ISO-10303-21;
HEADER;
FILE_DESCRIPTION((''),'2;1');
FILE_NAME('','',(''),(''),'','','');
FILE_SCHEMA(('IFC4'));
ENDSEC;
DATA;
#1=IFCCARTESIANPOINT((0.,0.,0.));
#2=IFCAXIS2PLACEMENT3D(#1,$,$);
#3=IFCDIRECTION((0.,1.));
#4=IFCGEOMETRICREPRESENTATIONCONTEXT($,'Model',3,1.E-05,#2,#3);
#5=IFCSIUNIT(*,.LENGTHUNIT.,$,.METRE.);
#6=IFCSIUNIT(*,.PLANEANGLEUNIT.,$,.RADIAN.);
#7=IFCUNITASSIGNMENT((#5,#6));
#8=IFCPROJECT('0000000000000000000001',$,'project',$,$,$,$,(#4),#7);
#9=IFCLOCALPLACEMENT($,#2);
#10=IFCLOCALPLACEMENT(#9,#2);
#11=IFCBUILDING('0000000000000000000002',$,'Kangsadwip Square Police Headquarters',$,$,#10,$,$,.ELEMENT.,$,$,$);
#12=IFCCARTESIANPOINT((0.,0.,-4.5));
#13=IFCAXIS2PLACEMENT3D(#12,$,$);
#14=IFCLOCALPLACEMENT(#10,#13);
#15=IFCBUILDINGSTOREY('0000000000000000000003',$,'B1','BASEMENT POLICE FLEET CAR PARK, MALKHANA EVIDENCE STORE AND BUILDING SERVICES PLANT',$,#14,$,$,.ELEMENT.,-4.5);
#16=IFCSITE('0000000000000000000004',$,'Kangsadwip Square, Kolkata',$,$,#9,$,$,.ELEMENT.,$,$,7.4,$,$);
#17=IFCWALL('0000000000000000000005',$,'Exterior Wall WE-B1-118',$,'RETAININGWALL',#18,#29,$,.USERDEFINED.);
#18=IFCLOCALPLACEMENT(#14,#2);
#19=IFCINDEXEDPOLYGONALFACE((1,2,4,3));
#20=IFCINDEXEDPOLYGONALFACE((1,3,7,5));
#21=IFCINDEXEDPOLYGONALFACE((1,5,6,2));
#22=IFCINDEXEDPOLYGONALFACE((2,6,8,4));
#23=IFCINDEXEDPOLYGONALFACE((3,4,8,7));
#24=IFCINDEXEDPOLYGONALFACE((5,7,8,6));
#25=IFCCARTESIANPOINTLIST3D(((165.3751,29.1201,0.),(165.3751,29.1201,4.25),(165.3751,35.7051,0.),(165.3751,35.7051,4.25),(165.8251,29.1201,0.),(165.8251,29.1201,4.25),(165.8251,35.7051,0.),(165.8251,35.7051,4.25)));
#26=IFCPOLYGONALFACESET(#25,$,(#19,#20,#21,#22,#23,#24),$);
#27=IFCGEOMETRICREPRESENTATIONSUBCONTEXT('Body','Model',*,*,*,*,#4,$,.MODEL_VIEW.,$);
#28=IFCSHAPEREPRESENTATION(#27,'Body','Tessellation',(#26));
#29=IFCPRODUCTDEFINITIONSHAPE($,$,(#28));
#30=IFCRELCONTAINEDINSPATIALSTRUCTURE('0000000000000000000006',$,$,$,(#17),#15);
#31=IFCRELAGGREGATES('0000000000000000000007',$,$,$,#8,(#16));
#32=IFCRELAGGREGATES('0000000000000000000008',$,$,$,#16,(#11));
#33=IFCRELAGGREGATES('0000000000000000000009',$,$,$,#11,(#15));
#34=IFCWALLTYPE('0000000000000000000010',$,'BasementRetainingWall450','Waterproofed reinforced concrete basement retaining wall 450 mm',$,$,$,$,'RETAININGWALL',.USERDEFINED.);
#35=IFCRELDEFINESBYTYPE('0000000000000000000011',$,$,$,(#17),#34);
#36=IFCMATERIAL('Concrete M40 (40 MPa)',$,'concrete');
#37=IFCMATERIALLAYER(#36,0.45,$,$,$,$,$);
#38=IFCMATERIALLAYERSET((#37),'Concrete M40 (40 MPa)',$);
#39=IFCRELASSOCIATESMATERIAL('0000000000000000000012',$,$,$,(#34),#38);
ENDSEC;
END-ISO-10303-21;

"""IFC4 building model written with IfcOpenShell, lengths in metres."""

from ifc_helpers import new_model, si_unit, direction, frame, frame_2d, origin, place, context, subcontext, project, spatial, rectangle, extrude, material, layer, layer_set, type_object, element, save


model = new_model("IFC4")

# Units and contexts
model_context = context("Model", 3, precision=1e-05, world=origin(), true_north=direction((0.0, 1.0)))
body_context = subcontext(model_context, "Body", "Model", "MODEL_VIEW")
ifc_project = project(units=[si_unit("LENGTHUNIT", "METRE"), si_unit("PLANEANGLEUNIT", "RADIAN")], contexts=[model_context])

# Site, building, storey
site_placement = place(None, origin())
site = spatial("IfcSite", under=ifc_project, at=site_placement, Name="Kangsadwip Square, Kolkata", CompositionType="ELEMENT", RefElevation=7.4)
building_placement = place(site_placement, origin())
building = spatial("IfcBuilding", under=site, at=building_placement, Name="Kangsadwip Square Police Headquarters", CompositionType="ELEMENT")
storey_placement = place(building_placement, frame((0.0, 0.0, -4.5)))
storey = spatial("IfcBuildingStorey", under=building, at=storey_placement, Name="B1", Description="BASEMENT POLICE FLEET CAR PARK, MALKHANA EVIDENCE STORE AND BUILDING SERVICES PLANT", CompositionType="ELEMENT", Elevation=-4.5)

# Wall
ifc_material_1 = material(Name="Concrete M40 (40 MPa)", Category="concrete")
ifc_layer = layer(ifc_material_1, 0.45)
ifc_layer_set = layer_set([ifc_layer], Name="Concrete M40 (40 MPa)")
wall_type = type_object("IfcWallType", Name="BasementRetainingWall450", Description="Waterproofed reinforced concrete basement retaining wall 450 mm", ElementType="RETAININGWALL", PredefinedType="USERDEFINED", material=ifc_layer_set)
wall_placement = place(storey_placement, frame((165.6001, 29.1201, 0.0), z_axis=(0.0, 0.0, 1.0), x_axis=(0.0, 1.0, 0.0)))
element("IfcWall", 1, at=wall_placement, inside=storey, type_object=wall_type, Name="Exterior Wall WE-B1-118", ObjectType="RETAININGWALL", PredefinedType="USERDEFINED", context=body_context, shape_type="SweptSolid", body=[
    extrude(rectangle(XDim=6.585, YDim=0.45, at=frame_2d((3.2925, 0.0))), origin(), (0.0, 0.0, 1.0), 4.25),
])

save(model, "model.ifc")
